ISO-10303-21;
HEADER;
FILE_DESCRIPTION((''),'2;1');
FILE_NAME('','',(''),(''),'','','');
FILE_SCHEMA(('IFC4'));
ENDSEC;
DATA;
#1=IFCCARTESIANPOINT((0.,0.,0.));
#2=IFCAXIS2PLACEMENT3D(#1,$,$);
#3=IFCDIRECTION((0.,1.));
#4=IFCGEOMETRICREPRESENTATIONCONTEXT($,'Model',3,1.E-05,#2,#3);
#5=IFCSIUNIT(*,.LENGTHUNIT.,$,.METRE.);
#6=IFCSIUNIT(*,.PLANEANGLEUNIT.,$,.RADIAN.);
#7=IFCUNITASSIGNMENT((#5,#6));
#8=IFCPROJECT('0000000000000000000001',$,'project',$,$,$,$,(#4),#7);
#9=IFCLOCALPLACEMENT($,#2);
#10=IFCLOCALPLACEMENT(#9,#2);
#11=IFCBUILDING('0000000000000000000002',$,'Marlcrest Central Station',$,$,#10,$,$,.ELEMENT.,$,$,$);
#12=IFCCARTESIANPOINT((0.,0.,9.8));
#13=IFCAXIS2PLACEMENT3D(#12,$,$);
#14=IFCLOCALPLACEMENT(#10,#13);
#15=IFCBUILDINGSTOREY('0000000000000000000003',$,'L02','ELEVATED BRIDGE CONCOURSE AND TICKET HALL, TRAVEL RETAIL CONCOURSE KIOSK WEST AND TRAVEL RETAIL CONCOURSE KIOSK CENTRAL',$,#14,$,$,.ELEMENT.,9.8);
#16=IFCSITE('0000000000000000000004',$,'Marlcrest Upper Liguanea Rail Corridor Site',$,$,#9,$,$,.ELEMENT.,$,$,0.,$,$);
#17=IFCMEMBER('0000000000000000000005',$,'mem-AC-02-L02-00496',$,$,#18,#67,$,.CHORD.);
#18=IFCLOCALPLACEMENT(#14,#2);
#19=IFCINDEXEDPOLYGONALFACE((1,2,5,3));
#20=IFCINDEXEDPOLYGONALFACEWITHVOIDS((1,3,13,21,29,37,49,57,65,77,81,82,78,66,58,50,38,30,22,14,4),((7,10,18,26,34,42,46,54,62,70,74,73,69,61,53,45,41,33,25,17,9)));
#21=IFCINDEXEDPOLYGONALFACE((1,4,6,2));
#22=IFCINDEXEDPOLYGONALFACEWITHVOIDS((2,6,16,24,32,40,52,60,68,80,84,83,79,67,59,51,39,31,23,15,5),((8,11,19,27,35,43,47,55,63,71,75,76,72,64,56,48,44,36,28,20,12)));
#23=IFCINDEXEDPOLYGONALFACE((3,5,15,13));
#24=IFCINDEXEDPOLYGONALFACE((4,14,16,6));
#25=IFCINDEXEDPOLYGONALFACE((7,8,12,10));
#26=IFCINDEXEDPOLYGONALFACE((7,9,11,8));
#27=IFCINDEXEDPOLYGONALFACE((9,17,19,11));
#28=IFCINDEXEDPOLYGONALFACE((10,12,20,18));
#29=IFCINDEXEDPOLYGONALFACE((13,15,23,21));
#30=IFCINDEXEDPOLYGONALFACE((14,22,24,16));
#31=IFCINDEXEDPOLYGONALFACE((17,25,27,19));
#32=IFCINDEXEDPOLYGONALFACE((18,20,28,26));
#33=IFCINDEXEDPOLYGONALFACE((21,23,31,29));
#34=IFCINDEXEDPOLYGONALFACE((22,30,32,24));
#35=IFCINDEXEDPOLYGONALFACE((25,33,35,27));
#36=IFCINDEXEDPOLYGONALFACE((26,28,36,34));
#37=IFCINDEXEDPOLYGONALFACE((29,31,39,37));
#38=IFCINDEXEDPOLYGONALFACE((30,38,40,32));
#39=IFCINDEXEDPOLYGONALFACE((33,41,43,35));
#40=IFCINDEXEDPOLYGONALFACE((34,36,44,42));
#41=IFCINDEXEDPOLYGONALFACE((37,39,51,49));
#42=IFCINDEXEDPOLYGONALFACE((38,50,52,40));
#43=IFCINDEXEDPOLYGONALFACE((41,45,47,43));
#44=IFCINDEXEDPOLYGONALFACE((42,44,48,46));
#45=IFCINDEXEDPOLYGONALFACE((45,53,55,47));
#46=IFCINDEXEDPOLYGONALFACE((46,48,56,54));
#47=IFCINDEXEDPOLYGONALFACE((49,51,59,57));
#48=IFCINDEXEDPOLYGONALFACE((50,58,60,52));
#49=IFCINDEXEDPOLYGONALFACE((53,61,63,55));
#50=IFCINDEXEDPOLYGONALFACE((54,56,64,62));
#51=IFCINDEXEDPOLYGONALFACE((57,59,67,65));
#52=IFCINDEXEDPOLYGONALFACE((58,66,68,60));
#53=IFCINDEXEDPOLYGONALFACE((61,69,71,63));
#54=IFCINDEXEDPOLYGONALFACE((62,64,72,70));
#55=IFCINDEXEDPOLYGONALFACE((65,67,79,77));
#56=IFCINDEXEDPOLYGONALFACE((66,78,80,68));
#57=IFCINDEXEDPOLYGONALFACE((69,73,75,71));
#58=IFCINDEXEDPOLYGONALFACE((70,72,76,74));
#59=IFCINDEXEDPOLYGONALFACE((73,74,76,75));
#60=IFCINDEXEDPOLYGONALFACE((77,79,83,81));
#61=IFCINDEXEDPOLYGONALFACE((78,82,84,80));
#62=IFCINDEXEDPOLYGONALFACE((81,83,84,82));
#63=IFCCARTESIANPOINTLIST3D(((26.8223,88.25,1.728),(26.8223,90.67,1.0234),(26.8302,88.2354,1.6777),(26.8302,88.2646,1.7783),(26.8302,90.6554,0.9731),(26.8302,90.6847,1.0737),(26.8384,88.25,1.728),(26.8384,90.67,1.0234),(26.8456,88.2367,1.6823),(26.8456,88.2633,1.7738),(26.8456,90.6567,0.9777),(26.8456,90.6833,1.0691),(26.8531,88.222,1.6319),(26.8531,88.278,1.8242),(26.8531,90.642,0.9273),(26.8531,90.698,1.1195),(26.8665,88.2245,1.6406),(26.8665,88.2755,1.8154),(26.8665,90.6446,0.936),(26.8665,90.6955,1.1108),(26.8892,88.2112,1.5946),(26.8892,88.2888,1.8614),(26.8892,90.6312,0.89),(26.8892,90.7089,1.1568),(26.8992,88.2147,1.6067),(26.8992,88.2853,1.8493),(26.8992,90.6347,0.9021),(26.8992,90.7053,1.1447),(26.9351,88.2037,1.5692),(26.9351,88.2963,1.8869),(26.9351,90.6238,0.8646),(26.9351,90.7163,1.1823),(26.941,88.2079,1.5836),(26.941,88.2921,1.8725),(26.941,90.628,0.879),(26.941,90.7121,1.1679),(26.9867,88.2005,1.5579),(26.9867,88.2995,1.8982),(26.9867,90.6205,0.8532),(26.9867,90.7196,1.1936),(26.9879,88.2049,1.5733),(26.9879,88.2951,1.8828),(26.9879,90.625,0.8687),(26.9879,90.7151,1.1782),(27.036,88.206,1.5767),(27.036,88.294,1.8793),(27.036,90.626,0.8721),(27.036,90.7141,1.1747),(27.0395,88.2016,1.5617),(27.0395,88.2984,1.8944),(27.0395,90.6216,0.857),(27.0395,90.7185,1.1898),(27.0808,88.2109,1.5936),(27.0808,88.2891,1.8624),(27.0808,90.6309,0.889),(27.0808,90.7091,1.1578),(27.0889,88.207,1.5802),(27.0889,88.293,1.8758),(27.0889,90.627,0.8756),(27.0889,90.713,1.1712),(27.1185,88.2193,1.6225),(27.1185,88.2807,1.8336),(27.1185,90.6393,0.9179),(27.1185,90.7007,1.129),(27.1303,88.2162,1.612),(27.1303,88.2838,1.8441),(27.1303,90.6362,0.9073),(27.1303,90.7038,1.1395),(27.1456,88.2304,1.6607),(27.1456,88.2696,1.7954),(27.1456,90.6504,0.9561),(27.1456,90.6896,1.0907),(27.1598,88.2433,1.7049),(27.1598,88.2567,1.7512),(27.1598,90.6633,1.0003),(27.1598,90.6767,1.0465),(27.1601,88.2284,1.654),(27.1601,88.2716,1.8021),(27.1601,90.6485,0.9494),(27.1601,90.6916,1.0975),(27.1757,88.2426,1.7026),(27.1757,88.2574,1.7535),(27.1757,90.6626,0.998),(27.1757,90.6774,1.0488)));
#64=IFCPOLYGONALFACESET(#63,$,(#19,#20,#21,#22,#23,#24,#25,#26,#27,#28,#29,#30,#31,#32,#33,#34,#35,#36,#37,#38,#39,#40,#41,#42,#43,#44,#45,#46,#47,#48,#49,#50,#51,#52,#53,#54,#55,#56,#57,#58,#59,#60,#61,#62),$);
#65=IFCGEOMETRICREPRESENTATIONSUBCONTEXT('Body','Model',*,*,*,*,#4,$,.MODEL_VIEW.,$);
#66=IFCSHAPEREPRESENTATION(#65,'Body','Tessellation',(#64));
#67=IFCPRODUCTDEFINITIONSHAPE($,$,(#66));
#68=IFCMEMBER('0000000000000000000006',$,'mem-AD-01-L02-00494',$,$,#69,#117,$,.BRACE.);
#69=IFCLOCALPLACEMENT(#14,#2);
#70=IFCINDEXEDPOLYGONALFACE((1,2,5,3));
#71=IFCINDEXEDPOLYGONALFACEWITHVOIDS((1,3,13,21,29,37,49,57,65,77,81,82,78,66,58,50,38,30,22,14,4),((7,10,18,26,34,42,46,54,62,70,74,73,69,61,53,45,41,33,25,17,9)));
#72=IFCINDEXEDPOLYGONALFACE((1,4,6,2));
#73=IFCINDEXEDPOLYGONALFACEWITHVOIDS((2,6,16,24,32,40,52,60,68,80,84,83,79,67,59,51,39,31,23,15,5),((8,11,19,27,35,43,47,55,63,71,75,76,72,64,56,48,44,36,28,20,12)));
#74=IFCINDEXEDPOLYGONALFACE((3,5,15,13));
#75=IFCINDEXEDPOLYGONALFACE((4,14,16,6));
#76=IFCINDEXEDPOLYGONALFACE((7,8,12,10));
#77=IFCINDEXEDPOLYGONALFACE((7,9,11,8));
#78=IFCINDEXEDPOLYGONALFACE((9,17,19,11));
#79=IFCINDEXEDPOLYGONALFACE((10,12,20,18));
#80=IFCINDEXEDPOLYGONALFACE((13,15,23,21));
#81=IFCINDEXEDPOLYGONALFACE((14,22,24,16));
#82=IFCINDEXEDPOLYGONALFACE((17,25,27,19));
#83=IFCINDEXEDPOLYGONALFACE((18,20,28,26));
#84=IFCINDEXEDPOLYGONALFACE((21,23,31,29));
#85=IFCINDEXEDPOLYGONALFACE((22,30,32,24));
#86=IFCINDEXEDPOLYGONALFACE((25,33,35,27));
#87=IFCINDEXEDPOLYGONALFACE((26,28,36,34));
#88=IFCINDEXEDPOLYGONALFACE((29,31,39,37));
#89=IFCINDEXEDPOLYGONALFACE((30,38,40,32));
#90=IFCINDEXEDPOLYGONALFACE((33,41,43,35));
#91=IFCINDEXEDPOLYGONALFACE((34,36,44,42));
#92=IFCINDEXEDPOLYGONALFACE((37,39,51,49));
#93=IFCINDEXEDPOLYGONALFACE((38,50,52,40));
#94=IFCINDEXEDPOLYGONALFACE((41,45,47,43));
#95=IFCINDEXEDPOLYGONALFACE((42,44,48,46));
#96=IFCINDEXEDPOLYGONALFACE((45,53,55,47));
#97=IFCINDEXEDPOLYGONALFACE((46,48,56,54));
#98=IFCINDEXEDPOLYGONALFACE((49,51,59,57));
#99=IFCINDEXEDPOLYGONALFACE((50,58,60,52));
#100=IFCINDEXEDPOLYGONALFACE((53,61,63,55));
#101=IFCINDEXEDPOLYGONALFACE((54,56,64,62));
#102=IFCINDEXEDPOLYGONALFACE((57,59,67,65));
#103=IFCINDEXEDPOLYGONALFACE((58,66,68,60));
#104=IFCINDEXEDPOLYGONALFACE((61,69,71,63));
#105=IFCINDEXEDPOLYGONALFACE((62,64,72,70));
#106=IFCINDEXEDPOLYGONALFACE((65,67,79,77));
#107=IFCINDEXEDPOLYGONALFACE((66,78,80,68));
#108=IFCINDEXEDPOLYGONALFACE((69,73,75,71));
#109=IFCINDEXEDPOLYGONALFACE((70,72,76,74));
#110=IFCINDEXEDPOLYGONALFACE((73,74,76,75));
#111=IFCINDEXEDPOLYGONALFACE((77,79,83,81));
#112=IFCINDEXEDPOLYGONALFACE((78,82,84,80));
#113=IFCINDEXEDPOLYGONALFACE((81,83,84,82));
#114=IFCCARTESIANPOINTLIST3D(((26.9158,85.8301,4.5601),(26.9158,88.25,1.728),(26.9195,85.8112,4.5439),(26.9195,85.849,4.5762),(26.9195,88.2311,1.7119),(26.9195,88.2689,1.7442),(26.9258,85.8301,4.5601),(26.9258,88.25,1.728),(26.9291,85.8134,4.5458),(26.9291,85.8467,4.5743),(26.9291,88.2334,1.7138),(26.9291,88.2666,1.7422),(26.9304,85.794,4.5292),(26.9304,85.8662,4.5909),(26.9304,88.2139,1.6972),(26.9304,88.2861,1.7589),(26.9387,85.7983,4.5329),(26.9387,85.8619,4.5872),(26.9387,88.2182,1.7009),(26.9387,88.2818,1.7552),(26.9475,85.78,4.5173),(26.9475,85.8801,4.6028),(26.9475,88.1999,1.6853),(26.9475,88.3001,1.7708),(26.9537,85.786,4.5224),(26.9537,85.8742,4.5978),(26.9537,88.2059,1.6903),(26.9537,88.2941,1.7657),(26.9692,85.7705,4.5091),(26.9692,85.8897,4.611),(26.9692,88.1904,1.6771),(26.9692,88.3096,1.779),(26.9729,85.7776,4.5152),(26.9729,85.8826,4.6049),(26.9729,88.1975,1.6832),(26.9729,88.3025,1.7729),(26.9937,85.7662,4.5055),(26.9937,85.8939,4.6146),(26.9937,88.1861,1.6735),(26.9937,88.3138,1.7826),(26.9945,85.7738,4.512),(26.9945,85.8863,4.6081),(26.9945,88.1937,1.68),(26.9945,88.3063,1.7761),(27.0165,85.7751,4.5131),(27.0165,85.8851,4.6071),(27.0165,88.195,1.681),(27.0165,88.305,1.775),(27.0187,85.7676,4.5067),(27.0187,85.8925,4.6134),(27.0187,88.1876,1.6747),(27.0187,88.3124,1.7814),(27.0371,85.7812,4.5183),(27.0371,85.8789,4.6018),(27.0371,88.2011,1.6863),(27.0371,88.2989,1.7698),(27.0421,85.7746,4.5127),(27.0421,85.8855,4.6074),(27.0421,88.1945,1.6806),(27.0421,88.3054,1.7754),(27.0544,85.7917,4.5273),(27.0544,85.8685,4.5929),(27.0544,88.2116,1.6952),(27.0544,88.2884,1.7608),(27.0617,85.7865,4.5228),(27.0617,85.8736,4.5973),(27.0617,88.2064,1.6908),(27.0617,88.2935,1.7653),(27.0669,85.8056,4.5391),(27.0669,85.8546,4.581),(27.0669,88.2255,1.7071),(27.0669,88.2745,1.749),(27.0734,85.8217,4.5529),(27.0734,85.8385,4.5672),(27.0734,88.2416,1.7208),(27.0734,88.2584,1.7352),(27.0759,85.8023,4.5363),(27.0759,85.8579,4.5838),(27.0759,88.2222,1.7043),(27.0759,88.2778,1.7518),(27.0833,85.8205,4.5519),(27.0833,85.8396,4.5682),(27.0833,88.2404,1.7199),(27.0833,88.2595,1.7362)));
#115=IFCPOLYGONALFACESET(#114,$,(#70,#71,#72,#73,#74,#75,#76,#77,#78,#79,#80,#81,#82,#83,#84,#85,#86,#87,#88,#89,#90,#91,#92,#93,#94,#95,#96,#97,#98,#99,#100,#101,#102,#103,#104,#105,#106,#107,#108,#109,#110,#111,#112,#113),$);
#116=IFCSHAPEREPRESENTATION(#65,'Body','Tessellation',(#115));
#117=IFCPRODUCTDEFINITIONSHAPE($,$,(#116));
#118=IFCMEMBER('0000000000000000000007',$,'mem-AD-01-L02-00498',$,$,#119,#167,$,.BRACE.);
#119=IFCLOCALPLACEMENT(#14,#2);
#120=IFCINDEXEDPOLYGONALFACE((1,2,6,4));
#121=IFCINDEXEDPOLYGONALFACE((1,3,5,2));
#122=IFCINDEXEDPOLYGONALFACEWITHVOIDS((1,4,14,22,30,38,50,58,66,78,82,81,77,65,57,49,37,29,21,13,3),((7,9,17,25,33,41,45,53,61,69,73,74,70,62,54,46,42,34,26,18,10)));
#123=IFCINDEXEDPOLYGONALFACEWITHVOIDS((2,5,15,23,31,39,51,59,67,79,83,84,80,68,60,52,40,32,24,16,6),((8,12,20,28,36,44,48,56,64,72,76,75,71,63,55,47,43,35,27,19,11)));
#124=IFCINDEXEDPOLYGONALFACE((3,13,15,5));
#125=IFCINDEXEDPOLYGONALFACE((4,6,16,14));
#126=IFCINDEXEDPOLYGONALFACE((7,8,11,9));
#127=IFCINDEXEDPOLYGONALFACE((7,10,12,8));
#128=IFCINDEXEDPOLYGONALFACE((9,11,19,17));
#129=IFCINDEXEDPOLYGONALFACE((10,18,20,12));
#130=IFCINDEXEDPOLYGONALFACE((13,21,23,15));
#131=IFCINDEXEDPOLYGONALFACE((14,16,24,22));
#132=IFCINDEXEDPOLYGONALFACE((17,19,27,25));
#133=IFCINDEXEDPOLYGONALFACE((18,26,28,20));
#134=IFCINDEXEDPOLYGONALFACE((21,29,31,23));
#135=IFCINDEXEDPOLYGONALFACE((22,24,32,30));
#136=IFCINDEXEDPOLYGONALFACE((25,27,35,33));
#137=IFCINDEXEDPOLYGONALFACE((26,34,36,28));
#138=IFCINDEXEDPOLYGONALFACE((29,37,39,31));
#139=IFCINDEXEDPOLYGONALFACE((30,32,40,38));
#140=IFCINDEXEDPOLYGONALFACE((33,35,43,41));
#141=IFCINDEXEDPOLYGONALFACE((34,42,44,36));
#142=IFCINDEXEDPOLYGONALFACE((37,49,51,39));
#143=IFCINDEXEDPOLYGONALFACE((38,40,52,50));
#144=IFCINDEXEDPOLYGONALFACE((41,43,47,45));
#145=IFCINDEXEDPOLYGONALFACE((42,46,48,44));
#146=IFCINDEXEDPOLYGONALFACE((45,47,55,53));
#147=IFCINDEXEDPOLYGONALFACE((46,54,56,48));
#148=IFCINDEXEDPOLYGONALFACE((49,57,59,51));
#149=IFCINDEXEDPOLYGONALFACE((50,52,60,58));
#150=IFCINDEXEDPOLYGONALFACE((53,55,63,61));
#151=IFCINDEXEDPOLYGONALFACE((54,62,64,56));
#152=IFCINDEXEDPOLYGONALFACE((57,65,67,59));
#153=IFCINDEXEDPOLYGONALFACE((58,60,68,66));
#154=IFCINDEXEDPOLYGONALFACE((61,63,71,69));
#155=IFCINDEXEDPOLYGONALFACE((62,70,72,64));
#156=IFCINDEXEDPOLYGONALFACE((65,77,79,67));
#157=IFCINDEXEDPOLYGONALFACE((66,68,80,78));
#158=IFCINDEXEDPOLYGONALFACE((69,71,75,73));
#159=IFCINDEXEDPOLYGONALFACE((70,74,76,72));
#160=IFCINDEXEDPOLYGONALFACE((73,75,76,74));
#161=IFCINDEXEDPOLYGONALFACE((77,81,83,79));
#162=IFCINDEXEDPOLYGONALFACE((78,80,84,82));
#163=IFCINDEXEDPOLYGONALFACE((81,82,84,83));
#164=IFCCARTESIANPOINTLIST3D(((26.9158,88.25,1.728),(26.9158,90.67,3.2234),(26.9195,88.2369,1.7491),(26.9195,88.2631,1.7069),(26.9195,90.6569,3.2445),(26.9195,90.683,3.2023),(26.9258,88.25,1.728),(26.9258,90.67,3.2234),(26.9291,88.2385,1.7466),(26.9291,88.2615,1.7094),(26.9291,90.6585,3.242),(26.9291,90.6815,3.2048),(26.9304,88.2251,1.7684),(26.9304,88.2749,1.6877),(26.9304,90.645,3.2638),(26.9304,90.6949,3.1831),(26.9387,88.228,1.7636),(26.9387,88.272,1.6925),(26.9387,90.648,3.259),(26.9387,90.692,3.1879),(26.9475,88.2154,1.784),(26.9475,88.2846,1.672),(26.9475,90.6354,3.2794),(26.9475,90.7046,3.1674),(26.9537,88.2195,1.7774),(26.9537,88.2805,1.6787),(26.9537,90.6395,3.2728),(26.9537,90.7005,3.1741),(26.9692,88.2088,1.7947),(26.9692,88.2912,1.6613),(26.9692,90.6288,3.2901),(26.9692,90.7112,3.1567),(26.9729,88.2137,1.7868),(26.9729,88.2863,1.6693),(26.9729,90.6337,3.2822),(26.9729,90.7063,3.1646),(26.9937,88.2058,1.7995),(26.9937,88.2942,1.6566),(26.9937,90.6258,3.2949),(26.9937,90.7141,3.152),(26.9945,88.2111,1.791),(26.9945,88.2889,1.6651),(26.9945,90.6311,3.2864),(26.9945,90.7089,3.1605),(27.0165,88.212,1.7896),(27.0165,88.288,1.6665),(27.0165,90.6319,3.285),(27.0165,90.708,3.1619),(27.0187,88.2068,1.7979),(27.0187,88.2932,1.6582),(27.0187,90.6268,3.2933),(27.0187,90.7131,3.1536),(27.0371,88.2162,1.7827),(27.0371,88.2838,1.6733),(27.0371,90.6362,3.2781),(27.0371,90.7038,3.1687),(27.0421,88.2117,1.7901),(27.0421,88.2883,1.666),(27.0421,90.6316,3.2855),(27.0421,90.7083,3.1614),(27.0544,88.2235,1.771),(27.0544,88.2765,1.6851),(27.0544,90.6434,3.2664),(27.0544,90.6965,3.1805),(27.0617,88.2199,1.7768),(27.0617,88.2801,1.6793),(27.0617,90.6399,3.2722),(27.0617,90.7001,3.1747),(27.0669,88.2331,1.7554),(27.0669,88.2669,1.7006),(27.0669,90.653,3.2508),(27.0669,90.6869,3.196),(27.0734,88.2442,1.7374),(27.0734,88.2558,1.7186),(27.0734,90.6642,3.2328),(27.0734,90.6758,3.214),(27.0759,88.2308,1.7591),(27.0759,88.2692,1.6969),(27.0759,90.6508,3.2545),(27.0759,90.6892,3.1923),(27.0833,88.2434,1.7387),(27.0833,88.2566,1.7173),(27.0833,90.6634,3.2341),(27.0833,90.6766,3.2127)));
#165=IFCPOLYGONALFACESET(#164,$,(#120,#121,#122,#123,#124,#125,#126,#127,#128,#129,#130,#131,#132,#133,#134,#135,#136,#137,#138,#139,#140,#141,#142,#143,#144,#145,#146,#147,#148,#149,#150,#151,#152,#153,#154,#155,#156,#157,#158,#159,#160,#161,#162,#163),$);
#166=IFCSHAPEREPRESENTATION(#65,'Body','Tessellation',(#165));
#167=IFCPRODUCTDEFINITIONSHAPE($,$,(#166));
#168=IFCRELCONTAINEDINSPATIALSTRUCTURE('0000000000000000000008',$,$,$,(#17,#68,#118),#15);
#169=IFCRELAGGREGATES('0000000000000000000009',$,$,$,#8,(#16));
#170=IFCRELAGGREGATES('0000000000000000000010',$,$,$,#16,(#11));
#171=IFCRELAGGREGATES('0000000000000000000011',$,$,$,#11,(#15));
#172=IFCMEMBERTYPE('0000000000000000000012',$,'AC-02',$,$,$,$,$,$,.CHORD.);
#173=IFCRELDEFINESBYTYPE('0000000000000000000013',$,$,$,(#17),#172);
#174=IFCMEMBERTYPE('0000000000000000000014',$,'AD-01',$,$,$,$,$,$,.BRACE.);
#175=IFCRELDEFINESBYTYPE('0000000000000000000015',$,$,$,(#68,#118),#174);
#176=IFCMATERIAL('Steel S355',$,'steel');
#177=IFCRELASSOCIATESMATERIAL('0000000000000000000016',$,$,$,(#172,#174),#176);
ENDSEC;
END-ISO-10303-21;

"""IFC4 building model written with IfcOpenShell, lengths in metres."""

from ifc_helpers import new_model, si_unit, direction, frame, origin, origin_2d, place, context, subcontext, project, spatial, hollow_circle, extrude, material, material_profile, profile_set, type_object, element, save


model = new_model("IFC4")

# Units and contexts
model_context = context("Model", 3, precision=1e-05, world=origin(), true_north=direction((0.0, 1.0)))
body_context = subcontext(model_context, "Body", "Model", "MODEL_VIEW")
ifc_project = project(units=[si_unit("LENGTHUNIT", "METRE"), si_unit("PLANEANGLEUNIT", "RADIAN")], contexts=[model_context])

# Site, building, storey
site_placement = place(None, origin())
site = spatial("IfcSite", under=ifc_project, at=site_placement, Name="Marlcrest Upper Liguanea Rail Corridor Site", CompositionType="ELEMENT", RefElevation=0.0)
building_placement = place(site_placement, origin())
building = spatial("IfcBuilding", under=site, at=building_placement, Name="Marlcrest Central Station", CompositionType="ELEMENT")
storey_placement = place(building_placement, frame((0.0, 0.0, 9.8)))
storey = spatial("IfcBuildingStorey", under=building, at=storey_placement, Name="L02", Description="ELEVATED BRIDGE CONCOURSE AND TICKET HALL, TRAVEL RETAIL CONCOURSE KIOSK WEST AND TRAVEL RETAIL CONCOURSE KIOSK CENTRAL", CompositionType="ELEMENT", Elevation=9.8)

# Members
ifc_material_1 = material(Name="Steel S355", Category="steel")
ifc_material_profile_1 = material_profile(ifc_material_1, hollow_circle(Radius=0.1777, WallThickness=0.0161, at=origin_2d()), Name="CHS 355.6x16")
ifc_profile_set_1 = profile_set([ifc_material_profile_1], Name="Steel S355")
member_type_1 = type_object("IfcMemberType", Name="AC-02", PredefinedType="CHORD", material=ifc_profile_set_1)
member_1_placement = place(storey_placement, frame((27.0, 88.25, 1.728), z_axis=(0.0, 0.96013, -0.279554), x_axis=(-1.0, 0.0, 0.0)))
element("IfcMember", 1, at=member_1_placement, inside=storey, type_object=member_type_1, Name="mem-AC-02-L02-00496", PredefinedType="CHORD", context=body_context, shape_type="SweptSolid", body=[
    extrude(hollow_circle(Radius=0.1777, WallThickness=0.0161, at=origin_2d()), origin(), (0.0, 0.0, 1.0), 2.5205),
])
ifc_material_profile_2 = material_profile(ifc_material_1, hollow_circle(Radius=0.0842, WallThickness=0.01, at=origin_2d()), Name="CHS 168.3x10")
ifc_profile_set_2 = profile_set([ifc_material_profile_2], Name="Steel S355")
member_type_2 = type_object("IfcMemberType", Name="AD-01", PredefinedType="BRACE", material=ifc_profile_set_2)
member_2_placement = place(storey_placement, frame((27.0, 85.8301, 4.5601), z_axis=(0.0, 0.649625, -0.760255), x_axis=(-1.0, 0.0, 0.0)))
element("IfcMember", 2, at=member_2_placement, inside=storey, type_object=member_type_2, Name="mem-AD-01-L02-00494", PredefinedType="BRACE", context=body_context, shape_type="SweptSolid", body=[
    extrude(hollow_circle(Radius=0.0842, WallThickness=0.01, at=origin_2d()), origin(), (0.0, 0.0, 1.0), 3.7251),
])
member_3_placement = place(storey_placement, frame((27.0, 88.25, 1.728), z_axis=(0.0, 0.850687, 0.525672), x_axis=(-1.0, 0.0, 0.0)))
element("IfcMember", 3, at=member_3_placement, inside=storey, type_object=member_type_2, Name="mem-AD-01-L02-00498", PredefinedType="BRACE", context=body_context, shape_type="SweptSolid", body=[
    extrude(hollow_circle(Radius=0.0842, WallThickness=0.01, at=origin_2d()), origin(), (0.0, 0.0, 1.0), 2.8447),
])

save(model, "model.ifc")
